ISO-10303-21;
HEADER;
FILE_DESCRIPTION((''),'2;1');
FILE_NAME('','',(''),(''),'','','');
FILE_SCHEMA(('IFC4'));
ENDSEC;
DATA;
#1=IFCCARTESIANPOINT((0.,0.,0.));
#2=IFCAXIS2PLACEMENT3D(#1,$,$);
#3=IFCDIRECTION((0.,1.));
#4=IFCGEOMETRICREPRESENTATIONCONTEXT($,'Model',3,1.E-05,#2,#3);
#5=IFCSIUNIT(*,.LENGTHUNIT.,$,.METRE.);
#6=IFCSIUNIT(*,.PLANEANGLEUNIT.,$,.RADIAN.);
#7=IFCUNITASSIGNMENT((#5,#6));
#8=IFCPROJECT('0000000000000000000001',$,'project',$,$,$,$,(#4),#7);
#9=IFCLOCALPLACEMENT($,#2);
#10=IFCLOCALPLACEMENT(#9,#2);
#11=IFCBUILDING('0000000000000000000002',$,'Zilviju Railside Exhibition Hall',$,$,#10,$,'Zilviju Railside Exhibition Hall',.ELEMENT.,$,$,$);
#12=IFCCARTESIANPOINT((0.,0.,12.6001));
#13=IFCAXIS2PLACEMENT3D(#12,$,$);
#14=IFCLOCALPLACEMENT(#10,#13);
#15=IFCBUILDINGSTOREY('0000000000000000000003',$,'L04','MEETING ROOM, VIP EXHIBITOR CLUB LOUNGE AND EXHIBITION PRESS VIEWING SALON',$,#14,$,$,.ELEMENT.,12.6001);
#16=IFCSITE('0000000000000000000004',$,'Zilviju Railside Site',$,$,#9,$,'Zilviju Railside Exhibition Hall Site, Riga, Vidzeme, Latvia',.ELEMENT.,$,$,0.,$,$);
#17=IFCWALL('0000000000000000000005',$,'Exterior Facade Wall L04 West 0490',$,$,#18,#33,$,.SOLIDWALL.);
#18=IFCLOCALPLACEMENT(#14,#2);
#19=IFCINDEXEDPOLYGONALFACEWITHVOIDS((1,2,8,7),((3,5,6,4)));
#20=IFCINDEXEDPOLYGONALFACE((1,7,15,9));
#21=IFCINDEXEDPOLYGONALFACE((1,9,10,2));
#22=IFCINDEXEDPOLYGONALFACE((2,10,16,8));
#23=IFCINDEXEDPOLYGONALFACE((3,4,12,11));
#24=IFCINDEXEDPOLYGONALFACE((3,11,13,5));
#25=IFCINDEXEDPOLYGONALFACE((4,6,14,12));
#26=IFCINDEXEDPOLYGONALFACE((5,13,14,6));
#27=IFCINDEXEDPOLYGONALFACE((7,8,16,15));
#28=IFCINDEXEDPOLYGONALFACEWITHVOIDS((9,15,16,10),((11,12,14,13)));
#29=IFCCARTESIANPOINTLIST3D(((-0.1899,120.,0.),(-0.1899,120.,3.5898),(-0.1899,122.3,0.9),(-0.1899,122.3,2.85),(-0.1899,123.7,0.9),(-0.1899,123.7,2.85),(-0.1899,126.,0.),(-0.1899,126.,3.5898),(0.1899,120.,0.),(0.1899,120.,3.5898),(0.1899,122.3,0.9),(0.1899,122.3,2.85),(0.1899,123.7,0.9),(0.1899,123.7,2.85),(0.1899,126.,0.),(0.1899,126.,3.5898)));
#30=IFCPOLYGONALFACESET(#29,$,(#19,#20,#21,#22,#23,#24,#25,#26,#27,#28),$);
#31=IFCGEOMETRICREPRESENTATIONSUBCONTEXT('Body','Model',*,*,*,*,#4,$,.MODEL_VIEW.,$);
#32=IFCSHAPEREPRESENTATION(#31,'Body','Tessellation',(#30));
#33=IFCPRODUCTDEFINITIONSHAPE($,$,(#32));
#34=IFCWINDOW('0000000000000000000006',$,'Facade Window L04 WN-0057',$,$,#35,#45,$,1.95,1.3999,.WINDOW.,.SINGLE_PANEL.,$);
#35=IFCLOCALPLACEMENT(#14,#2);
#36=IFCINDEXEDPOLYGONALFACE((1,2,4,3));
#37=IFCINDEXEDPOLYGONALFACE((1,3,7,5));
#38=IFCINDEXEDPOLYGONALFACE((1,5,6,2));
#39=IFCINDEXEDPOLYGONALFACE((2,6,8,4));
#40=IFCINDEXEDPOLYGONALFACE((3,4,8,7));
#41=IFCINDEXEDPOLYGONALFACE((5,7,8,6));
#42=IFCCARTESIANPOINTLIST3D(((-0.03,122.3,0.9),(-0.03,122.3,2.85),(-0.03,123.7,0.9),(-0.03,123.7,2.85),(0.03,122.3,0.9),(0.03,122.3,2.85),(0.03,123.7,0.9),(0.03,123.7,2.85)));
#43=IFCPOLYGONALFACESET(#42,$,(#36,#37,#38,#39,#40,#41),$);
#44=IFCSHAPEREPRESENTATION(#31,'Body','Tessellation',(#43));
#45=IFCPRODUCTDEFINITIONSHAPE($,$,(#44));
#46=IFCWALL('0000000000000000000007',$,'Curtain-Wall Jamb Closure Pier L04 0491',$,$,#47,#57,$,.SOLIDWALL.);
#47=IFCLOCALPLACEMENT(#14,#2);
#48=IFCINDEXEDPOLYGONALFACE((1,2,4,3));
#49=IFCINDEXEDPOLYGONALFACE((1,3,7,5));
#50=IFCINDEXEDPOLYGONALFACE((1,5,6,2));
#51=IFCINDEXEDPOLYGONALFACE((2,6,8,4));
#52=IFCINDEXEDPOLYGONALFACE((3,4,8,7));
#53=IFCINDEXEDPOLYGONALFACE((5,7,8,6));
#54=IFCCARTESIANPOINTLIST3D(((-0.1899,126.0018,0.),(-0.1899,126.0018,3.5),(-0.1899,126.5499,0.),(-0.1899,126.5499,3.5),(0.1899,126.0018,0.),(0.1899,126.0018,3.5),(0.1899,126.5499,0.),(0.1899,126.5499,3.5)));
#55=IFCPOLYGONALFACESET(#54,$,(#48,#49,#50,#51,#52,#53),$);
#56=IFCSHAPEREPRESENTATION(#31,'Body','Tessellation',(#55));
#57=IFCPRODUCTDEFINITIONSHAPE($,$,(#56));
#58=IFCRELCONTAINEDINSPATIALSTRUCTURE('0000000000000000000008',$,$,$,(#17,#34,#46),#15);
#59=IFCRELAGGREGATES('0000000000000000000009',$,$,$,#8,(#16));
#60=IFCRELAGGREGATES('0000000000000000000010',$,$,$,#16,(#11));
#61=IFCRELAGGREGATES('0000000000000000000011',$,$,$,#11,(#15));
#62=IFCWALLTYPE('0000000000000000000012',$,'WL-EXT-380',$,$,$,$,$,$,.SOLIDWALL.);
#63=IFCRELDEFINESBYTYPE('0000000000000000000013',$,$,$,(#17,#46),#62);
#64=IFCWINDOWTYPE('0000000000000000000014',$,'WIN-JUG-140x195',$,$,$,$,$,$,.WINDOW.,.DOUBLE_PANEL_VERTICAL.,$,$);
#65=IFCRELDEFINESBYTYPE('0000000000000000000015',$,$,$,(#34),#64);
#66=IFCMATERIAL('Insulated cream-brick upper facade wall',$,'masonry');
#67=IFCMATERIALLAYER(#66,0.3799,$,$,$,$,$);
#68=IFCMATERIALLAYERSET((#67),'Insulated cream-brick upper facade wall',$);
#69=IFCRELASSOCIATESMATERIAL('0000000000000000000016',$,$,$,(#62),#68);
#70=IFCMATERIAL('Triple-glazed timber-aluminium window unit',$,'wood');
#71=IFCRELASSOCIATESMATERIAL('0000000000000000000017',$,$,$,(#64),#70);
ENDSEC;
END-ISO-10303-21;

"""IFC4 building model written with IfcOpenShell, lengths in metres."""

from ifc_helpers import new_model, si_unit, direction, frame, frame_2d, origin, place, context, subcontext, project, spatial, rectangle, extrude, material, layer, layer_set, type_object, element, fill, save


model = new_model("IFC4")

# Units and contexts
model_context = context("Model", 3, precision=1e-05, world=origin(), true_north=direction((0.0, 1.0)))
body_context = subcontext(model_context, "Body", "Model", "MODEL_VIEW")
ifc_project = project(units=[si_unit("LENGTHUNIT", "METRE"), si_unit("PLANEANGLEUNIT", "RADIAN")], contexts=[model_context])

# Site, building, storey
site_placement = place(None, origin())
site = spatial("IfcSite", under=ifc_project, at=site_placement, Name="Zilviju Railside Site", LongName="Zilviju Railside Exhibition Hall Site, Riga, Vidzeme, Latvia", CompositionType="ELEMENT", RefElevation=0.0)
building_placement = place(site_placement, origin())
building = spatial("IfcBuilding", under=site, at=building_placement, Name="Zilviju Railside Exhibition Hall", LongName="Zilviju Railside Exhibition Hall", CompositionType="ELEMENT")
storey_placement = place(building_placement, frame((0.0, 0.0, 12.6001)))
storey = spatial("IfcBuildingStorey", under=building, at=storey_placement, Name="L04", Description="MEETING ROOM, VIP EXHIBITOR CLUB LOUNGE AND EXHIBITION PRESS VIEWING SALON", CompositionType="ELEMENT", Elevation=12.6001)

# Wall, opening, window
ifc_material_1 = material(Name="Insulated cream-brick upper facade wall", Category="masonry")
ifc_layer_1 = layer(ifc_material_1, 0.3799)
ifc_layer_set_1 = layer_set([ifc_layer_1], Name="Insulated cream-brick upper facade wall")
wall_type_1 = type_object("IfcWallType", Name="WL-EXT-380", PredefinedType="SOLIDWALL", material=ifc_layer_set_1)
ifc_material_2 = material(Name="Triple-glazed timber-aluminium window unit", Category="wood")
window_type = type_object("IfcWindowType", Name="WIN-JUG-140x195", PartitioningType="DOUBLE_PANEL_VERTICAL", PredefinedType="WINDOW", material=ifc_material_2)
wall_1_placement = place(storey_placement, frame((0.0, 120.0, 0.0), z_axis=(0.0, 0.0, 1.0), x_axis=(0.0, 1.0, 0.0)))
wall_1 = element("IfcWall", 1, at=wall_1_placement, inside=storey, type_object=wall_type_1, Name="Exterior Facade Wall L04 West 0490", PredefinedType="SOLIDWALL", context=body_context, shape_type="SweptSolid", body=[
    extrude(rectangle(XDim=6.0, YDim=0.3799, at=frame_2d((3.0, 0.0))), origin(), (0.0, 0.0, 1.0), 3.5898),
])
opening_1_placement = place(wall_1_placement, frame((2.3, 0.0, 0.8999)))
opening_1 = element("IfcOpeningElement", 2, at=opening_1_placement, cuts=wall_1, PredefinedType="OPENING", context=body_context, shape_type="SweptSolid", body=[
    extrude(rectangle(XDim=1.3999, YDim=1.95, at=frame_2d((0.7, 0.9751))), frame((0.0, 0.2, 0.0), z_axis=(0.0, -1.0, 0.0), x_axis=(1.0, 0.0, 0.0)), (0.0, 0.0, 1.0), 0.3999),
])
window_1_placement = place(opening_1_placement, origin())
window_1 = element("IfcWindow", 3, at=window_1_placement, inside=storey, type_object=window_type, Name="Facade Window L04 WN-0057", OverallHeight=1.95, OverallWidth=1.3999, PartitioningType="SINGLE_PANEL", PredefinedType="WINDOW", context=body_context, shape_type="SweptSolid", body=[
    extrude(rectangle(XDim=1.3999, YDim=1.95, at=frame_2d((0.7, 0.9751))), frame((0.0, 0.03, 0.0), z_axis=(0.0, -1.0, 0.0), x_axis=(1.0, 0.0, 0.0)), (0.0, 0.0, 1.0), 0.0601),
])
fill(opening_1, window_1)

# Wall
wall_2_placement = place(storey_placement, frame((0.0, 126.002, 0.0), z_axis=(0.0, 0.0, 1.0), x_axis=(0.0, 1.0, 0.0)))
element("IfcWall", 4, at=wall_2_placement, inside=storey, type_object=wall_type_1, Name="Curtain-Wall Jamb Closure Pier L04 0491", PredefinedType="SOLIDWALL", context=body_context, shape_type="SweptSolid", body=[
    extrude(rectangle(XDim=0.5481, YDim=0.3799, at=frame_2d((0.2739, 0.0))), origin(), (0.0, 0.0, 1.0), 3.5),
])

save(model, "model.ifc")
